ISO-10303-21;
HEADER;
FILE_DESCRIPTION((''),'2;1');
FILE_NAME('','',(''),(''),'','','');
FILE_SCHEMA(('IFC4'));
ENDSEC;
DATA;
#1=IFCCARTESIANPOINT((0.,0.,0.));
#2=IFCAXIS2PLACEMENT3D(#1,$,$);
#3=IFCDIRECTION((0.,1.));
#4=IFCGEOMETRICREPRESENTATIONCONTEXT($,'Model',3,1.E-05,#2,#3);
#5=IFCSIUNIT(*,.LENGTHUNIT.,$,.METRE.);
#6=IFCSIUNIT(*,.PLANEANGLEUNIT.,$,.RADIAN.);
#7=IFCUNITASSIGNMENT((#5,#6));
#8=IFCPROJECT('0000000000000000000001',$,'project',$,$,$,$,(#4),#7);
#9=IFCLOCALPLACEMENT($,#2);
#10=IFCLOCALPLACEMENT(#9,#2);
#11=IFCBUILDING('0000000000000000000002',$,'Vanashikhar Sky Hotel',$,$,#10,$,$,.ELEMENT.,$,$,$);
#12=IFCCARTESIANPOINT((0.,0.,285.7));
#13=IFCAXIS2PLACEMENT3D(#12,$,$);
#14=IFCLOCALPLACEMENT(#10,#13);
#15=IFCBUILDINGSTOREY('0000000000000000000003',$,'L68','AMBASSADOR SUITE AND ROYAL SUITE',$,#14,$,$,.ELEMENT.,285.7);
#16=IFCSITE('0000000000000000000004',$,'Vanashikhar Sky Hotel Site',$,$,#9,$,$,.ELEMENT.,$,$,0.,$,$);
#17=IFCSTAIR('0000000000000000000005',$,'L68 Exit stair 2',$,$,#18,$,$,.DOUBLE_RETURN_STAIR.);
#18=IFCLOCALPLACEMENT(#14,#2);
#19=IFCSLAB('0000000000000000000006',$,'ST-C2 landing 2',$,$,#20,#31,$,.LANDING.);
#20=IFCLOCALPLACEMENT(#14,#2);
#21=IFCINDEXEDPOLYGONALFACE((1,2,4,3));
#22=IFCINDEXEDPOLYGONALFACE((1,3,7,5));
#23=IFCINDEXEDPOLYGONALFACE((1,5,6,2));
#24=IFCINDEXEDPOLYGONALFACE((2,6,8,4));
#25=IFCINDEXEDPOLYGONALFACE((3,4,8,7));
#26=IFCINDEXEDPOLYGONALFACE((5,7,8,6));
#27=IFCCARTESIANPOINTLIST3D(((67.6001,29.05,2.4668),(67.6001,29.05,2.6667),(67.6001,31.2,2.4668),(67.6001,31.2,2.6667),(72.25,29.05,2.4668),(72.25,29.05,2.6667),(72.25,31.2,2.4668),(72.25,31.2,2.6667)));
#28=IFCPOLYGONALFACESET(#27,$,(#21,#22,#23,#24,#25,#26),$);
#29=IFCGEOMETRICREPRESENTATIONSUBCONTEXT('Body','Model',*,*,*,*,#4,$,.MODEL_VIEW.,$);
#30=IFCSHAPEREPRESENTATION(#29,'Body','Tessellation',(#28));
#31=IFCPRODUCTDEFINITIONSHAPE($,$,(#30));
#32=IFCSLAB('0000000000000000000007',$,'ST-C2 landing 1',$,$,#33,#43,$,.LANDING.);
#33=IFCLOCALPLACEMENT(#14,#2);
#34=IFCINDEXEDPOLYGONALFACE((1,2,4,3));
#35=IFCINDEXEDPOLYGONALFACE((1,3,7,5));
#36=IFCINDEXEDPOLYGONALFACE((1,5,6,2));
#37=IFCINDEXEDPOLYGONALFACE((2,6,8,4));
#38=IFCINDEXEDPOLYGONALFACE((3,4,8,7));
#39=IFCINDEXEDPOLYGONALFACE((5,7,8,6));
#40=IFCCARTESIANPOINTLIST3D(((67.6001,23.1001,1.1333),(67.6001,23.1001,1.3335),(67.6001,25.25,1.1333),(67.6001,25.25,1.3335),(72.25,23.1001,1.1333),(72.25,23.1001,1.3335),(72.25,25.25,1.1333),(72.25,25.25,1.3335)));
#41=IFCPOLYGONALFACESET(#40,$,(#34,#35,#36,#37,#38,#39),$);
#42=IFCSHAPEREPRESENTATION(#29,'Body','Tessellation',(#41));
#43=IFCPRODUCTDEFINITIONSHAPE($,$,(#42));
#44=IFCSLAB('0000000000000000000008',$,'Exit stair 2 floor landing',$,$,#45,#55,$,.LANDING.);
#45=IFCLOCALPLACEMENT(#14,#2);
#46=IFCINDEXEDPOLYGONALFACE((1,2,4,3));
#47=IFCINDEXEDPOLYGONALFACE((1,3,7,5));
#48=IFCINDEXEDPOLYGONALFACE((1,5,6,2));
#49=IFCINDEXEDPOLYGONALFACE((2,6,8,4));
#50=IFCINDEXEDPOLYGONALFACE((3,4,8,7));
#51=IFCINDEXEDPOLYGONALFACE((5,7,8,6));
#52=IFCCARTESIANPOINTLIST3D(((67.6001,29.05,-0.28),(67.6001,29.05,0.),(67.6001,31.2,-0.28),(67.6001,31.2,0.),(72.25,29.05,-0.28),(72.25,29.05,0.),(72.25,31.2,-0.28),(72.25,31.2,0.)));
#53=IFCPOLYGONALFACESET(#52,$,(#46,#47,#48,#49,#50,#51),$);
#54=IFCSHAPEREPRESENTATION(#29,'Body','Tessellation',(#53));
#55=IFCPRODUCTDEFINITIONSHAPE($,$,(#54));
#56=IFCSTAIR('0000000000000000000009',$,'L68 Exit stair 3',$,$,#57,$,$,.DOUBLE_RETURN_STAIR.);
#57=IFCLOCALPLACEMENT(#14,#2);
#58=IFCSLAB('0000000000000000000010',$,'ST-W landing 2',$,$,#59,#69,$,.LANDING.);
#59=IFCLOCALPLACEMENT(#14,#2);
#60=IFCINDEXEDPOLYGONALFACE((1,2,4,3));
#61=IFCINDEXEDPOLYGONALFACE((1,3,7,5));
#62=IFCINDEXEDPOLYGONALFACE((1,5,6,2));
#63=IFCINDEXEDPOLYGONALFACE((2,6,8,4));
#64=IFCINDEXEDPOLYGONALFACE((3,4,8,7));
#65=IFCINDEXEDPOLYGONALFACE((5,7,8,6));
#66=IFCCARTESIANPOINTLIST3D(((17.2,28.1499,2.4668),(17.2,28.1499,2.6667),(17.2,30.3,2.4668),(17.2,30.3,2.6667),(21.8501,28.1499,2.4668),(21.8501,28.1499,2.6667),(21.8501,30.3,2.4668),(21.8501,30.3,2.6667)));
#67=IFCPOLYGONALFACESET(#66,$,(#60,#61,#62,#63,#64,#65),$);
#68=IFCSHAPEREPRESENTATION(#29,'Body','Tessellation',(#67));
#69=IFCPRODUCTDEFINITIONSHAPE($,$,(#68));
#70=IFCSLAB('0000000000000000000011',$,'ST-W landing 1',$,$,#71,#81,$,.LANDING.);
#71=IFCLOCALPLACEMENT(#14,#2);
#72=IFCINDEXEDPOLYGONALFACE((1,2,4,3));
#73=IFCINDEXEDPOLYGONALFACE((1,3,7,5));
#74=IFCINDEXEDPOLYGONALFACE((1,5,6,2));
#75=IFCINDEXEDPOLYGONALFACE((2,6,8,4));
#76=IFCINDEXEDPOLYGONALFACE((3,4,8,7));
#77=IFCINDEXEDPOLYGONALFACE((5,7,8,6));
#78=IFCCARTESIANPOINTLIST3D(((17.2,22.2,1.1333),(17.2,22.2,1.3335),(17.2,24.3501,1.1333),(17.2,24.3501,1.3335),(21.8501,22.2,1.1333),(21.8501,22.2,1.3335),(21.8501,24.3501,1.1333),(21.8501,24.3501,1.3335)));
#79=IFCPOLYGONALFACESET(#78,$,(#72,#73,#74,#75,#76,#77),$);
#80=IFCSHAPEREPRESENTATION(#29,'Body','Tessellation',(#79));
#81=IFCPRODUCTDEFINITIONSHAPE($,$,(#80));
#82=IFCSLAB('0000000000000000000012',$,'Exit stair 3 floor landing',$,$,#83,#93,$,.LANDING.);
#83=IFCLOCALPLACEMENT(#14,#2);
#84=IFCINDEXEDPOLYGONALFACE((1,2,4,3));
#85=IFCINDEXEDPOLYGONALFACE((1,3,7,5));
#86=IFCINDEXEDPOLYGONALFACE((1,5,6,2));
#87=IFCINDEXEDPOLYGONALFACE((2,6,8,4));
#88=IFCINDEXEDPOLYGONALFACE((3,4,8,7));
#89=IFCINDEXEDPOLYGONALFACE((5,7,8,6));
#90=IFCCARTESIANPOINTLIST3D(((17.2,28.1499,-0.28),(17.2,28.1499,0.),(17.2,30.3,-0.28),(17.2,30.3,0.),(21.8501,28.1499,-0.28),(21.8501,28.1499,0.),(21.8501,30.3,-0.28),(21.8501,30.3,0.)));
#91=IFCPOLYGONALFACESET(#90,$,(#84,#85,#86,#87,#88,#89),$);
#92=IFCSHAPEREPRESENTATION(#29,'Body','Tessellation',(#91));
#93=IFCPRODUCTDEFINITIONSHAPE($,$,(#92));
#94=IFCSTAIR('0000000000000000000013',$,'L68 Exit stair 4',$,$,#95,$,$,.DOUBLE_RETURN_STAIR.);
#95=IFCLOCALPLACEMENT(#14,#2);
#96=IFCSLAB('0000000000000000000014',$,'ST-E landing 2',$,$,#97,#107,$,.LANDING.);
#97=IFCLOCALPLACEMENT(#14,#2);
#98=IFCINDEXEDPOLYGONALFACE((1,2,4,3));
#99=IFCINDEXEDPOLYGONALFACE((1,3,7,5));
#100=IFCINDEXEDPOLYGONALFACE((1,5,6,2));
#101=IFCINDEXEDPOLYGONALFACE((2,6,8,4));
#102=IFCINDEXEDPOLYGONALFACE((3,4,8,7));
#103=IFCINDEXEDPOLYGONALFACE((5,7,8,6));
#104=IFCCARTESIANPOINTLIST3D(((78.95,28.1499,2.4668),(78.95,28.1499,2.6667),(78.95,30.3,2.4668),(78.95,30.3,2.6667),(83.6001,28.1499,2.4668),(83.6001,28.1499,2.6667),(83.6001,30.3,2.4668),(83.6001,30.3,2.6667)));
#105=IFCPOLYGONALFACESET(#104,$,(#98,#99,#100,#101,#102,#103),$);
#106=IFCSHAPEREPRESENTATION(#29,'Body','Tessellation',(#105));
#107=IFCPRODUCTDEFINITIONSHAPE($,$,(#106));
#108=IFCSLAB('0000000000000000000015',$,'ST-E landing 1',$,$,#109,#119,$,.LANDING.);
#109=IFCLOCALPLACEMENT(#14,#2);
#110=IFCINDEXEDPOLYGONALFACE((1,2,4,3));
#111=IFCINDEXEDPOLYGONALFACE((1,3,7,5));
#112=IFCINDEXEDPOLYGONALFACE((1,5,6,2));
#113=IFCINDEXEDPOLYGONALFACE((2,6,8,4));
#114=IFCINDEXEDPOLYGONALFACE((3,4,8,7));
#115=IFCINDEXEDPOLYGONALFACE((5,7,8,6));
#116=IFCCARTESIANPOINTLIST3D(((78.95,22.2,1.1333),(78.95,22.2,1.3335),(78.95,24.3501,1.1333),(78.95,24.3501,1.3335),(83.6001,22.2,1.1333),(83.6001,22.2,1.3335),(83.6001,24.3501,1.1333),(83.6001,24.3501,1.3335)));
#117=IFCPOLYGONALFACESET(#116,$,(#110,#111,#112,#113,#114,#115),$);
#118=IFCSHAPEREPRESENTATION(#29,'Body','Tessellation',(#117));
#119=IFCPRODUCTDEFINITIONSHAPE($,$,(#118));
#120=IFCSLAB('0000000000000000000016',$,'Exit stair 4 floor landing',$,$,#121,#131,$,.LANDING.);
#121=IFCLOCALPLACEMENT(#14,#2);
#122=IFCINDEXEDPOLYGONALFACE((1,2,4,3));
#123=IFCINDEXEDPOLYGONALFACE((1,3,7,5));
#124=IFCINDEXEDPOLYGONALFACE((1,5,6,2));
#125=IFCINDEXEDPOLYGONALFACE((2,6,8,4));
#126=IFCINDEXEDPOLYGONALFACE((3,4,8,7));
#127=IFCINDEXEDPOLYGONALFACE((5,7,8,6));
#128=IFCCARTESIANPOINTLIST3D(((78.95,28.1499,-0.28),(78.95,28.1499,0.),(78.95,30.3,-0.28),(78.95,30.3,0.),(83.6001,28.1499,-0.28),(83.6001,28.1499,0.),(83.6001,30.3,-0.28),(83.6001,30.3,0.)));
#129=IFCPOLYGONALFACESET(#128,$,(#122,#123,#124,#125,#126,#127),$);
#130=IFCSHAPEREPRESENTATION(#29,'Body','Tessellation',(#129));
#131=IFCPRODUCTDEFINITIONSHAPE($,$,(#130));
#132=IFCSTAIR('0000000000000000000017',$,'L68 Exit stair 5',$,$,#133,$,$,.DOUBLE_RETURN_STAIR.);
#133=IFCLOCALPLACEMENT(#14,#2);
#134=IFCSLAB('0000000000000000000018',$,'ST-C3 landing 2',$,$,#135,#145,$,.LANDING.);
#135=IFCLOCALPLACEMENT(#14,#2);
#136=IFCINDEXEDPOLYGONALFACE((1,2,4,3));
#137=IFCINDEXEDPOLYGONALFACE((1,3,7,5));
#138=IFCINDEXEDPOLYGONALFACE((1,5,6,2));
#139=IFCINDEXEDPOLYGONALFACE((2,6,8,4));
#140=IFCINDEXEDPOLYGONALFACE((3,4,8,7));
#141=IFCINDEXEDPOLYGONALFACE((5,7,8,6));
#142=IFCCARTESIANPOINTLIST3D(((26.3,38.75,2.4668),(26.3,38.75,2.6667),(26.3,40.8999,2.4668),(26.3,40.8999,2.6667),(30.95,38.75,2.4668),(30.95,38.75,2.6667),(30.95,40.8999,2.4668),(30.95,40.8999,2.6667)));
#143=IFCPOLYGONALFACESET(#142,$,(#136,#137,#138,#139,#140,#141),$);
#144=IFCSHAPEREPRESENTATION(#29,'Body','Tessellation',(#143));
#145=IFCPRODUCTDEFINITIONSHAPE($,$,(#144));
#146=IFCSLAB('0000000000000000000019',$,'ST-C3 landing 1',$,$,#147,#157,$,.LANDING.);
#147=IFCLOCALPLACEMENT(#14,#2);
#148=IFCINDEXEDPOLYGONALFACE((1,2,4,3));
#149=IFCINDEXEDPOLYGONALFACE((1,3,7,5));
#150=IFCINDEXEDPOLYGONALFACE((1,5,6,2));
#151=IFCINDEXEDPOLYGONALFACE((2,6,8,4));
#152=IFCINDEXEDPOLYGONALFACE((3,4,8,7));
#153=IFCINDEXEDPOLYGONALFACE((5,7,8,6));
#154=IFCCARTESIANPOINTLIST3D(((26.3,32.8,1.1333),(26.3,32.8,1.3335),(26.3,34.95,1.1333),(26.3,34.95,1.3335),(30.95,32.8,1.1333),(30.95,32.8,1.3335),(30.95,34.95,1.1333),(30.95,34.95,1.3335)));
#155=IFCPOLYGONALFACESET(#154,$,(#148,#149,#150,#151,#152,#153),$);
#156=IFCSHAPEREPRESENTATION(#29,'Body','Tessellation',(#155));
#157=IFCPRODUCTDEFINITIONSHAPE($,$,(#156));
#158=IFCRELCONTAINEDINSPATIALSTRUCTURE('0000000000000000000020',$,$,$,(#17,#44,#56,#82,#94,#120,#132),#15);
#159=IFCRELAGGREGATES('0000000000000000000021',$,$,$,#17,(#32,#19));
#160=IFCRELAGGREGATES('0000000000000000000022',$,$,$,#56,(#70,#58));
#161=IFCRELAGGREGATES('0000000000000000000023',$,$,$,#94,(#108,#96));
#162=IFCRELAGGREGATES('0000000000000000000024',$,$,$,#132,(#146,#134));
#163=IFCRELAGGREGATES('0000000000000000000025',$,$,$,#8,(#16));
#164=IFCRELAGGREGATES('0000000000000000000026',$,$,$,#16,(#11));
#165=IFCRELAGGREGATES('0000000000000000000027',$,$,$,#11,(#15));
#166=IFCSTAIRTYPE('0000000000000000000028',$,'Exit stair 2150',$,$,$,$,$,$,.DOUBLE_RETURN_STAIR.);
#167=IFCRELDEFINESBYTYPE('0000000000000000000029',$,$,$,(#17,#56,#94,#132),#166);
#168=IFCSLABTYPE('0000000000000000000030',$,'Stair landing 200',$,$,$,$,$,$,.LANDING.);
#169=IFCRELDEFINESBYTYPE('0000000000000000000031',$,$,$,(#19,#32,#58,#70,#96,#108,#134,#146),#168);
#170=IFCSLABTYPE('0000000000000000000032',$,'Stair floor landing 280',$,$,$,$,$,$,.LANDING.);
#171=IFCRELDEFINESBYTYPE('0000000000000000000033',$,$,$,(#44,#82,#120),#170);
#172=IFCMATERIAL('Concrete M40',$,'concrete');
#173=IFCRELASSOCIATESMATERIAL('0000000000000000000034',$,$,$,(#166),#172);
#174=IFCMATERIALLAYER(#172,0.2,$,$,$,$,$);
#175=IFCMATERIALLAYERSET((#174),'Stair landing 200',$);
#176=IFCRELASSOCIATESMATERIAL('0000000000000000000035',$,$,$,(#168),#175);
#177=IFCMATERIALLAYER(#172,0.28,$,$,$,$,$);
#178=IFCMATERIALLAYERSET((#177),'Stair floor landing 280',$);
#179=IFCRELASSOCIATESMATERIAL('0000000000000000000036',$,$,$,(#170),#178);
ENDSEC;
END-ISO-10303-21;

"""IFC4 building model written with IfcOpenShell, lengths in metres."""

from ifc_helpers import new_model, si_unit, direction, frame, origin, place, context, subcontext, project, spatial, polyline, outline, extrude, source, transform, mapped, material, layer, layer_set, type_object, element, aggregate, save


model = new_model("IFC4")

# Units and contexts
model_context = context("Model", 3, precision=1e-05, world=origin(), true_north=direction((0.0, 1.0)))
body_context = subcontext(model_context, "Body", "Model", "MODEL_VIEW")
ifc_project = project(units=[si_unit("LENGTHUNIT", "METRE"), si_unit("PLANEANGLEUNIT", "RADIAN")], contexts=[model_context])

# Site, building, storey
site_placement = place(None, origin())
site = spatial("IfcSite", under=ifc_project, at=site_placement, Name="Vanashikhar Sky Hotel Site", CompositionType="ELEMENT", RefElevation=0.0)
building_placement = place(site_placement, origin())
building = spatial("IfcBuilding", under=site, at=building_placement, Name="Vanashikhar Sky Hotel", CompositionType="ELEMENT")
storey_placement = place(building_placement, frame((0.0, 0.0, 285.7)))
storey = spatial("IfcBuildingStorey", under=building, at=storey_placement, Name="L68", Description="AMBASSADOR SUITE AND ROYAL SUITE", CompositionType="ELEMENT", Elevation=285.7)

# Shared definitions
ifc_material = material(Name="Concrete M40", Category="concrete")

# Shared definitions
stair_type = type_object("IfcStairType", Name="Exit stair 2150", PredefinedType="DOUBLE_RETURN_STAIR", material=ifc_material)
ifc_layer_1 = layer(ifc_material, 0.2)
ifc_layer_set_1 = layer_set([ifc_layer_1], Name="Stair landing 200")
slab_type_1 = type_object("IfcSlabType", Name="Stair landing 200", PredefinedType="LANDING", material=ifc_layer_set_1)

# Shared definitions
ifc_layer_2 = layer(ifc_material, 0.28)
ifc_layer_set_2 = layer_set([ifc_layer_2], Name="Stair floor landing 280")
slab_type_2 = type_object("IfcSlabType", Name="Stair floor landing 280", PredefinedType="LANDING", material=ifc_layer_set_2)

# Stair, slabs
stair_1_placement = place(storey_placement, origin())
stair_1 = element("IfcStair", 1, at=stair_1_placement, inside=storey, type_object=stair_type, Name="L68 Exit stair 2", PredefinedType="DOUBLE_RETURN_STAIR")
shared_shape_1 = source(origin(), body_context, "Body", "SweptSolid", [
    extrude(outline(polyline([(72.25, 29.05), (72.25, 31.2), (67.6001, 31.2), (67.6001, 29.05), (72.25, 29.05)])), origin(), (0.0, 0.0, 1.0), 0.2),
])
slab_1_placement = place(storey_placement, frame((0.0, 0.0, 2.4668)))
slab_1 = element("IfcSlab", 2, at=slab_1_placement, type_object=slab_type_1, Name="ST-C2 landing 2", PredefinedType="LANDING", context=body_context, shape_type="MappedRepresentation", body=[
    mapped(shared_shape_1, transform((0.0, 0.0, 0.0), scale=1.0)),
])
shared_shape_2 = source(origin(), body_context, "Body", "SweptSolid", [
    extrude(outline(polyline([(72.25, 23.1001), (72.25, 25.25), (67.6001, 25.25), (67.6001, 23.1001), (72.25, 23.1001)])), origin(), (0.0, 0.0, 1.0), 0.2002),
])
slab_2_placement = place(storey_placement, frame((0.0, 0.0, 1.1333)))
slab_2 = element("IfcSlab", 3, at=slab_2_placement, type_object=slab_type_1, Name="ST-C2 landing 1", PredefinedType="LANDING", context=body_context, shape_type="MappedRepresentation", body=[
    mapped(shared_shape_2, transform((0.0, 0.0, 0.0), scale=1.0)),
])
aggregate(stair_1, [slab_2, slab_1])

# Slab
shared_shape_3 = source(origin(), body_context, "Body", "SweptSolid", [
    extrude(outline(polyline([(72.25, 29.05), (72.25, 31.2), (67.6001, 31.2), (67.6001, 29.05), (72.25, 29.05)])), origin(), (0.0, 0.0, 1.0), 0.28),
])
slab_3_placement = place(storey_placement, frame((0.0, 0.0, -0.28)))
element("IfcSlab", 4, at=slab_3_placement, inside=storey, type_object=slab_type_2, Name="Exit stair 2 floor landing", PredefinedType="LANDING", context=body_context, shape_type="MappedRepresentation", body=[
    mapped(shared_shape_3, transform((0.0, 0.0, 0.0), scale=1.0)),
])

# Stair, slabs
stair_2_placement = place(storey_placement, origin())
stair_2 = element("IfcStair", 5, at=stair_2_placement, inside=storey, type_object=stair_type, Name="L68 Exit stair 3", PredefinedType="DOUBLE_RETURN_STAIR")
shared_shape_4 = source(origin(), body_context, "Body", "SweptSolid", [
    extrude(outline(polyline([(21.8501, 28.1499), (21.8501, 30.3), (17.2, 30.3), (17.2, 28.1499), (21.8501, 28.1499)])), origin(), (0.0, 0.0, 1.0), 0.2),
])
slab_4_placement = place(storey_placement, frame((0.0, 0.0, 2.4668)))
slab_4 = element("IfcSlab", 6, at=slab_4_placement, type_object=slab_type_1, Name="ST-W landing 2", PredefinedType="LANDING", context=body_context, shape_type="MappedRepresentation", body=[
    mapped(shared_shape_4, transform((0.0, 0.0, 0.0), scale=1.0)),
])
shared_shape_5 = source(origin(), body_context, "Body", "SweptSolid", [
    extrude(outline(polyline([(21.8501, 22.2), (21.8501, 24.3501), (17.2, 24.3501), (17.2, 22.2), (21.8501, 22.2)])), origin(), (0.0, 0.0, 1.0), 0.2002),
])
slab_5_placement = place(storey_placement, frame((0.0, 0.0, 1.1333)))
slab_5 = element("IfcSlab", 7, at=slab_5_placement, type_object=slab_type_1, Name="ST-W landing 1", PredefinedType="LANDING", context=body_context, shape_type="MappedRepresentation", body=[
    mapped(shared_shape_5, transform((0.0, 0.0, 0.0), scale=1.0)),
])
aggregate(stair_2, [slab_5, slab_4])

# Slab
shared_shape_6 = source(origin(), body_context, "Body", "SweptSolid", [
    extrude(outline(polyline([(21.8501, 28.1499), (21.8501, 30.3), (17.2, 30.3), (17.2, 28.1499), (21.8501, 28.1499)])), origin(), (0.0, 0.0, 1.0), 0.28),
])
slab_6_placement = place(storey_placement, frame((0.0, 0.0, -0.28)))
element("IfcSlab", 8, at=slab_6_placement, inside=storey, type_object=slab_type_2, Name="Exit stair 3 floor landing", PredefinedType="LANDING", context=body_context, shape_type="MappedRepresentation", body=[
    mapped(shared_shape_6, transform((0.0, 0.0, 0.0), scale=1.0)),
])

# Stair, slabs
stair_3_placement = place(storey_placement, origin())
stair_3 = element("IfcStair", 9, at=stair_3_placement, inside=storey, type_object=stair_type, Name="L68 Exit stair 4", PredefinedType="DOUBLE_RETURN_STAIR")
shared_shape_7 = source(origin(), body_context, "Body", "SweptSolid", [
    extrude(outline(polyline([(83.6001, 28.1499), (83.6001, 30.3), (78.95, 30.3), (78.95, 28.1499), (83.6001, 28.1499)])), origin(), (0.0, 0.0, 1.0), 0.2),
])
slab_7_placement = place(storey_placement, frame((0.0, 0.0, 2.4668)))
slab_7 = element("IfcSlab", 10, at=slab_7_placement, type_object=slab_type_1, Name="ST-E landing 2", PredefinedType="LANDING", context=body_context, shape_type="MappedRepresentation", body=[
    mapped(shared_shape_7, transform((0.0, 0.0, 0.0), scale=1.0)),
])
shared_shape_8 = source(origin(), body_context, "Body", "SweptSolid", [
    extrude(outline(polyline([(83.6001, 22.2), (83.6001, 24.3501), (78.95, 24.3501), (78.95, 22.2), (83.6001, 22.2)])), origin(), (0.0, 0.0, 1.0), 0.2002),
])
slab_8_placement = place(storey_placement, frame((0.0, 0.0, 1.1333)))
slab_8 = element("IfcSlab", 11, at=slab_8_placement, type_object=slab_type_1, Name="ST-E landing 1", PredefinedType="LANDING", context=body_context, shape_type="MappedRepresentation", body=[
    mapped(shared_shape_8, transform((0.0, 0.0, 0.0), scale=1.0)),
])
aggregate(stair_3, [slab_8, slab_7])

# Slab
shared_shape_9 = source(origin(), body_context, "Body", "SweptSolid", [
    extrude(outline(polyline([(83.6001, 28.1499), (83.6001, 30.3), (78.95, 30.3), (78.95, 28.1499), (83.6001, 28.1499)])), origin(), (0.0, 0.0, 1.0), 0.28),
])
slab_9_placement = place(storey_placement, frame((0.0, 0.0, -0.28)))
element("IfcSlab", 12, at=slab_9_placement, inside=storey, type_object=slab_type_2, Name="Exit stair 4 floor landing", PredefinedType="LANDING", context=body_context, shape_type="MappedRepresentation", body=[
    mapped(shared_shape_9, transform((0.0, 0.0, 0.0), scale=1.0)),
])

# Stair, slabs
stair_4_placement = place(storey_placement, origin())
stair_4 = element("IfcStair", 13, at=stair_4_placement, inside=storey, type_object=stair_type, Name="L68 Exit stair 5", PredefinedType="DOUBLE_RETURN_STAIR")
shared_shape_10 = source(origin(), body_context, "Body", "SweptSolid", [
    extrude(outline(polyline([(30.95, 38.75), (30.95, 40.8999), (26.3, 40.8999), (26.3, 38.75), (30.95, 38.75)])), origin(), (0.0, 0.0, 1.0), 0.2),
])
slab_10_placement = place(storey_placement, frame((0.0, 0.0, 2.4668)))
slab_10 = element("IfcSlab", 14, at=slab_10_placement, type_object=slab_type_1, Name="ST-C3 landing 2", PredefinedType="LANDING", context=body_context, shape_type="MappedRepresentation", body=[
    mapped(shared_shape_10, transform((0.0, 0.0, 0.0), scale=1.0)),
])
shared_shape_11 = source(origin(), body_context, "Body", "SweptSolid", [
    extrude(outline(polyline([(30.95, 32.8), (30.95, 34.95), (26.3, 34.95), (26.3, 32.8), (30.95, 32.8)])), origin(), (0.0, 0.0, 1.0), 0.2002),
])
slab_11_placement = place(storey_placement, frame((0.0, 0.0, 1.1333)))
slab_11 = element("IfcSlab", 15, at=slab_11_placement, type_object=slab_type_1, Name="ST-C3 landing 1", PredefinedType="LANDING", context=body_context, shape_type="MappedRepresentation", body=[
    mapped(shared_shape_11, transform((0.0, 0.0, 0.0), scale=1.0)),
])
aggregate(stair_4, [slab_11, slab_10])

save(model, "model.ifc")
